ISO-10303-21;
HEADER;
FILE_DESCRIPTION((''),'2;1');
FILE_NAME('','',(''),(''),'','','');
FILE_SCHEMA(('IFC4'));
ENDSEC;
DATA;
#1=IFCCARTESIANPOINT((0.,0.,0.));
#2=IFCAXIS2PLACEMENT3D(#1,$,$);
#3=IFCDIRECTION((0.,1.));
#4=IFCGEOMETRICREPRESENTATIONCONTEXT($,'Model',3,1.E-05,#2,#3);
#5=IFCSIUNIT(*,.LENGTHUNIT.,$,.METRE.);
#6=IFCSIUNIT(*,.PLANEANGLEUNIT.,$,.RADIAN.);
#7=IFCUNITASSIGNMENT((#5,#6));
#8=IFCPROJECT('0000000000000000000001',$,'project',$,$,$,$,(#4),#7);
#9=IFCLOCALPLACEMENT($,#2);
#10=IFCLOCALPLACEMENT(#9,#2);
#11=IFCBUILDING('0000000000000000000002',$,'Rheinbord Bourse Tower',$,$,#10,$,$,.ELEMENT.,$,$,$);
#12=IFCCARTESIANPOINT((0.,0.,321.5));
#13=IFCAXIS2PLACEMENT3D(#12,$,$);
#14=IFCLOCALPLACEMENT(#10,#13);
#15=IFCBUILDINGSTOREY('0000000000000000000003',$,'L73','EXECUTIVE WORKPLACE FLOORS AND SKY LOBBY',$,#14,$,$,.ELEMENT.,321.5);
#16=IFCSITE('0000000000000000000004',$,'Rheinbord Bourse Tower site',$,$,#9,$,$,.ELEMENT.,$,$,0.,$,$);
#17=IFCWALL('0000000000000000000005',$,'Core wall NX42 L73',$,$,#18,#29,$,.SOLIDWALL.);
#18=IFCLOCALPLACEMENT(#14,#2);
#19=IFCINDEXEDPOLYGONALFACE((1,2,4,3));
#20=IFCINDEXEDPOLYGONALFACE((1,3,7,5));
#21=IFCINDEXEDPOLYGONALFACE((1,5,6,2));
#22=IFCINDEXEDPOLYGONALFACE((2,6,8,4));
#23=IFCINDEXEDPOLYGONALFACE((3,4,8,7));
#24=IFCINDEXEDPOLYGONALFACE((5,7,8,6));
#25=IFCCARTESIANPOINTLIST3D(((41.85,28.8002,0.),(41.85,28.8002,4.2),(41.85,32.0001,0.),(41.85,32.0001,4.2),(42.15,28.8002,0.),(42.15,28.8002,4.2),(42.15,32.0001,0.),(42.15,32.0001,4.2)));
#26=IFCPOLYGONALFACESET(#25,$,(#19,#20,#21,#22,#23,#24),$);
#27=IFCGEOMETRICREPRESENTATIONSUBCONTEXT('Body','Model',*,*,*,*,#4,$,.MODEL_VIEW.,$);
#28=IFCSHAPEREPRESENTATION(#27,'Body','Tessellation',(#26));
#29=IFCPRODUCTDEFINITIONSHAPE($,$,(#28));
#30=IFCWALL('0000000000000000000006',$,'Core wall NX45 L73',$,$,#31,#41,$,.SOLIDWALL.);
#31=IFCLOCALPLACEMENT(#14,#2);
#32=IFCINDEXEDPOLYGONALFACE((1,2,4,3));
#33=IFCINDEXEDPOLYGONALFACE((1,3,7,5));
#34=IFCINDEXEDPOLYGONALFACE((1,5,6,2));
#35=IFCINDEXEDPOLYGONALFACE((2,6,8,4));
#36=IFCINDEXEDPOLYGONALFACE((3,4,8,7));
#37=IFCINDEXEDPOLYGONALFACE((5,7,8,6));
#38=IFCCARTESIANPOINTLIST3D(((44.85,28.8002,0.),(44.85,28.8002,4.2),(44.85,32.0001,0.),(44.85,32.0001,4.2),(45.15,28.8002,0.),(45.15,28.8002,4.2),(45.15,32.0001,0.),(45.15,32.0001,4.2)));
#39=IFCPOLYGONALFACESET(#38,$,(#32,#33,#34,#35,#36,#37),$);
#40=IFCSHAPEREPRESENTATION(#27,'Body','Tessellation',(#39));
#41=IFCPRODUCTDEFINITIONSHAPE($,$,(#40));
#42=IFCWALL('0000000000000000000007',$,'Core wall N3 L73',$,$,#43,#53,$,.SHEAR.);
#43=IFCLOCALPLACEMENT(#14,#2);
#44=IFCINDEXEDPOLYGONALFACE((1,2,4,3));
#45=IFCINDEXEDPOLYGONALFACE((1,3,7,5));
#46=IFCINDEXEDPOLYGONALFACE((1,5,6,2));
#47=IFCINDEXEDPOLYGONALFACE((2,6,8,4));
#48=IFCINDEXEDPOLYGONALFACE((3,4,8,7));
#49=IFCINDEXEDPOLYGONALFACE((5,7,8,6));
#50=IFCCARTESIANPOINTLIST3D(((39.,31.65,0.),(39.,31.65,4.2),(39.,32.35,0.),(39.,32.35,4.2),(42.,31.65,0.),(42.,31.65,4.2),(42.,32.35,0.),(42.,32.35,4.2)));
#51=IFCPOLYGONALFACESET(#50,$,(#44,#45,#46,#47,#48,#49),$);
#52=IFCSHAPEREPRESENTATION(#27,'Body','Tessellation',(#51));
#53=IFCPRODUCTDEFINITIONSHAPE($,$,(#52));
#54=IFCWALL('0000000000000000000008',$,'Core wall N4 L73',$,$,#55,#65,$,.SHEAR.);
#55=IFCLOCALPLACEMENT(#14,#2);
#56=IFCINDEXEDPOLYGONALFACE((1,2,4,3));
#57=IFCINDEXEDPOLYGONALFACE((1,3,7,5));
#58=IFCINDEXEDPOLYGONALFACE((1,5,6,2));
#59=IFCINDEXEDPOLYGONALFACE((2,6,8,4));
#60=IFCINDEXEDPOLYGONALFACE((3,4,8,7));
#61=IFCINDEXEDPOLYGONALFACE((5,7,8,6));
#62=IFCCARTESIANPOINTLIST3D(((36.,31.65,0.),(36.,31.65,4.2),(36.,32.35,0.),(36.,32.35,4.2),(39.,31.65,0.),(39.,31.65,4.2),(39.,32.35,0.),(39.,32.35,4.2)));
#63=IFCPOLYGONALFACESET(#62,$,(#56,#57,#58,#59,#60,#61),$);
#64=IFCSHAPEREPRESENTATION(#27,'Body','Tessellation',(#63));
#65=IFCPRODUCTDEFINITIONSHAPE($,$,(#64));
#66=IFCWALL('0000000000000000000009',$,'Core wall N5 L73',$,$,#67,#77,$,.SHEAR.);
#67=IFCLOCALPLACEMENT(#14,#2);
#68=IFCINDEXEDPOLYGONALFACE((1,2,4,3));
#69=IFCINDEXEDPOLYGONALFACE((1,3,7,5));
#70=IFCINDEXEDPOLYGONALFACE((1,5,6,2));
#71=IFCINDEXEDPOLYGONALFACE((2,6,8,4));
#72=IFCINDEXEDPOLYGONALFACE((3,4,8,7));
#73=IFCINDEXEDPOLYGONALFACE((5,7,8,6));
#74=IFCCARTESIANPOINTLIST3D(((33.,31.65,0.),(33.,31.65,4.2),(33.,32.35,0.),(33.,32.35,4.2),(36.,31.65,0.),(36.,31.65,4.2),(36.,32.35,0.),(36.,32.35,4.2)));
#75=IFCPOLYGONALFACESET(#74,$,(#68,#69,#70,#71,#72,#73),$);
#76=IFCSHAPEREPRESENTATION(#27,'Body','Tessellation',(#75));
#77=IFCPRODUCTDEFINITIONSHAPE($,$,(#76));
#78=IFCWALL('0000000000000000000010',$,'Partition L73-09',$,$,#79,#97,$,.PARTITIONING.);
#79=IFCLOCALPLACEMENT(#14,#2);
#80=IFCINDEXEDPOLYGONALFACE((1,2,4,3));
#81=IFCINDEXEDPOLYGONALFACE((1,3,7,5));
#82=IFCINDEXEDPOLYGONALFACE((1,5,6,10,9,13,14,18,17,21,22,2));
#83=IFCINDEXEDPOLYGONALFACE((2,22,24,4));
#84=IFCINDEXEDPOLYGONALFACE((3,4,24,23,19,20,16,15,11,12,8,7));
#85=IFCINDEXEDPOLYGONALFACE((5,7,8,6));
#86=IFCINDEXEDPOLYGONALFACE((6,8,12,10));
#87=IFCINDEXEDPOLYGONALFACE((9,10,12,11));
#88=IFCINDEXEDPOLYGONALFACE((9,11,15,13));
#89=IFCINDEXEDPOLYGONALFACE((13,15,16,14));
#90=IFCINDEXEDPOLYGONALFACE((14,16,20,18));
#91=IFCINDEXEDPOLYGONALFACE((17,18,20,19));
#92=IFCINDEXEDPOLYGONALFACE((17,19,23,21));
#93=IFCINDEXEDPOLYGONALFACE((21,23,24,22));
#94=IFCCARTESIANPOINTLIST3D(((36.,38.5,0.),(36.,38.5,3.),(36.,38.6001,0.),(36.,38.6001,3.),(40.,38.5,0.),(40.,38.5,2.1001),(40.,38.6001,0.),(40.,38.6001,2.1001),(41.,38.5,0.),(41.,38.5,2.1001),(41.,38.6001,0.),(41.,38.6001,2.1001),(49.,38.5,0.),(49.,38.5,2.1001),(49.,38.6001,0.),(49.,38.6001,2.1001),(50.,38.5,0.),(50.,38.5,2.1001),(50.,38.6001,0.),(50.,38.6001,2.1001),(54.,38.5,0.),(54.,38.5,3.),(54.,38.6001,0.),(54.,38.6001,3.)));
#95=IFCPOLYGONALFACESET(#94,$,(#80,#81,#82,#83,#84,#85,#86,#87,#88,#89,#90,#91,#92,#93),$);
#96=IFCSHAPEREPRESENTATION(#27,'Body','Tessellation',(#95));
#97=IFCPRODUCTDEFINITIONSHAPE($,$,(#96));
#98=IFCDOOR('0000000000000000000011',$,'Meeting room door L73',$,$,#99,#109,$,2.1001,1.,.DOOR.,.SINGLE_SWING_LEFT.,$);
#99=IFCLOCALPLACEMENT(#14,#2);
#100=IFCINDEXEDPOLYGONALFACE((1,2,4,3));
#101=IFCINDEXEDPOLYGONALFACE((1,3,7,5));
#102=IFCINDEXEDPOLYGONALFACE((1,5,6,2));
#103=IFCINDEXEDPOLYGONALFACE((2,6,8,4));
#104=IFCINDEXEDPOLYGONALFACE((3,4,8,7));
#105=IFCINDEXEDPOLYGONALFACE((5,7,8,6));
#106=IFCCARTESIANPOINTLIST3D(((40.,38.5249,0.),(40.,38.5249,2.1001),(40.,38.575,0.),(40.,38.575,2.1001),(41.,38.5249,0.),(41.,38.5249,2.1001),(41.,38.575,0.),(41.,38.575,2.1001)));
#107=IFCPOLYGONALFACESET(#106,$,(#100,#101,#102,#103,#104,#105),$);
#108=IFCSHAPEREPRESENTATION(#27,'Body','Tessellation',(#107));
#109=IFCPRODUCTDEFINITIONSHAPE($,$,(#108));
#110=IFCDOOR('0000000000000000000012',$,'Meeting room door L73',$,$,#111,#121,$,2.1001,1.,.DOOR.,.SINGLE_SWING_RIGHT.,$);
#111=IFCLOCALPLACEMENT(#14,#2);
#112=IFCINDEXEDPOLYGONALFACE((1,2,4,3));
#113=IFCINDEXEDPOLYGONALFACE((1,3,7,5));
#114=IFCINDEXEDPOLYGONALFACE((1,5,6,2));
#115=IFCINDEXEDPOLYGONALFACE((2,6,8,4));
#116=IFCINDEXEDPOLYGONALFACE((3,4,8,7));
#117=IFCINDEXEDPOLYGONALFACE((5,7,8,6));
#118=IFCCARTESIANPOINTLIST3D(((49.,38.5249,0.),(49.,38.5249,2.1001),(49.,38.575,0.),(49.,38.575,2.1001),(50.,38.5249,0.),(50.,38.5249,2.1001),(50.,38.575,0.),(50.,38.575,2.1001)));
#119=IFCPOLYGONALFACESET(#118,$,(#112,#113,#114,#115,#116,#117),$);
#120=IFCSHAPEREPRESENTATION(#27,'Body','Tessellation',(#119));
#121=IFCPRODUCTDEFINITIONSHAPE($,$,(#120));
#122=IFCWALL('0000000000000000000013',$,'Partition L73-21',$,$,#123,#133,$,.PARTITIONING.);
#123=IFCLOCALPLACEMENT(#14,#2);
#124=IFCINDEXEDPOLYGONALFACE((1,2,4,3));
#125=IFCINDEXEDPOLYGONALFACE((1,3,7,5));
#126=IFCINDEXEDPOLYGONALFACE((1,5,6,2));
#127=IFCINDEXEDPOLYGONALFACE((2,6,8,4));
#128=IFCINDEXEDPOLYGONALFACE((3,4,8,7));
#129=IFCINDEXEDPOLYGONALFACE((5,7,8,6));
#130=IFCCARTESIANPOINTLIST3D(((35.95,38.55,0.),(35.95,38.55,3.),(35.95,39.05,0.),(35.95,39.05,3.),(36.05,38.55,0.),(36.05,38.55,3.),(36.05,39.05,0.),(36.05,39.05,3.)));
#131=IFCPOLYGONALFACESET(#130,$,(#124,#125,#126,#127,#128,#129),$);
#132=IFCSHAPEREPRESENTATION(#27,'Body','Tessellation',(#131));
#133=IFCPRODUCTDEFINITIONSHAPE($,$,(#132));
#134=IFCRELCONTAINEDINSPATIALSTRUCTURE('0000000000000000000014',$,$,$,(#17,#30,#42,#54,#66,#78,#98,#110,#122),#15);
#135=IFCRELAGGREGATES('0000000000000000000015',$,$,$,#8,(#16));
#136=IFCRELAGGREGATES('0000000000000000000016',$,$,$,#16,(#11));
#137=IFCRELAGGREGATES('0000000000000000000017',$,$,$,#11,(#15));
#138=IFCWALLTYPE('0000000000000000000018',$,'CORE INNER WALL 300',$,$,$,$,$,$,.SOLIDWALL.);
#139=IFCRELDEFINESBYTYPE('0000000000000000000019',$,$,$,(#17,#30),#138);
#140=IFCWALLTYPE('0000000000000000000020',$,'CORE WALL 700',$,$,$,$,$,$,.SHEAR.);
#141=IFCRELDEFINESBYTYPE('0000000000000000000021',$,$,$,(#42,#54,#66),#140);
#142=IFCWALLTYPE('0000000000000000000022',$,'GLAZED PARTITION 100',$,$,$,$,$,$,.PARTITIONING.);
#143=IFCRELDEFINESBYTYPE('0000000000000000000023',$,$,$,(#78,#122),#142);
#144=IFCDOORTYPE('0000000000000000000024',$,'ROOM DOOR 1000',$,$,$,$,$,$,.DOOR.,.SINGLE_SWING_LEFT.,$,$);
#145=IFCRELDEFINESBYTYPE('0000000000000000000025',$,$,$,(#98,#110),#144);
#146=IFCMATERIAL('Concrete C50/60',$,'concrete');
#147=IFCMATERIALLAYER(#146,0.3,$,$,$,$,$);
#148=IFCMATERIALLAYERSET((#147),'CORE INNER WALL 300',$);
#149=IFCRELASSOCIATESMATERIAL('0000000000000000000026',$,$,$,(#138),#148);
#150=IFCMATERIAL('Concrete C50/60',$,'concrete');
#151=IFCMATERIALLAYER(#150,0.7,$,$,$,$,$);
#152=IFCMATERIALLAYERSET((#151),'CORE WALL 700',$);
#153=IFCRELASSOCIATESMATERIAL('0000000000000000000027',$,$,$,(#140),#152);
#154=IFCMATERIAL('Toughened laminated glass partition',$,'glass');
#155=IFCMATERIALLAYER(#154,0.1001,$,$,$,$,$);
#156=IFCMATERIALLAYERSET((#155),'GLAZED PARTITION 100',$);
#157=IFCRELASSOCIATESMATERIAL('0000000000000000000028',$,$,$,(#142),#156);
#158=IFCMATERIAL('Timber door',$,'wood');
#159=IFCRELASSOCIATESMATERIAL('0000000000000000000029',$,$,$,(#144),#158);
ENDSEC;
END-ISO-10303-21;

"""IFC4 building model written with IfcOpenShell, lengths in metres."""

from ifc_helpers import new_model, si_unit, direction, frame, frame_2d, origin, place, context, subcontext, project, spatial, rectangle, extrude, material, layer, layer_set, type_object, element, fill, save


model = new_model("IFC4")

# Units and contexts
model_context = context("Model", 3, precision=1e-05, world=origin(), true_north=direction((0.0, 1.0)))
body_context = subcontext(model_context, "Body", "Model", "MODEL_VIEW")
ifc_project = project(units=[si_unit("LENGTHUNIT", "METRE"), si_unit("PLANEANGLEUNIT", "RADIAN")], contexts=[model_context])

# Site, building, storey
site_placement = place(None, origin())
site = spatial("IfcSite", under=ifc_project, at=site_placement, Name="Rheinbord Bourse Tower site", CompositionType="ELEMENT", RefElevation=0.0)
building_placement = place(site_placement, origin())
building = spatial("IfcBuilding", under=site, at=building_placement, Name="Rheinbord Bourse Tower", CompositionType="ELEMENT")
storey_placement = place(building_placement, frame((0.0, 0.0, 321.5)))
storey = spatial("IfcBuildingStorey", under=building, at=storey_placement, Name="L73", Description="EXECUTIVE WORKPLACE FLOORS AND SKY LOBBY", CompositionType="ELEMENT", Elevation=321.5)

# Shared definitions
ifc_material_1 = material(Name="Concrete C50/60", Category="concrete")
ifc_layer_1 = layer(ifc_material_1, 0.3)
ifc_layer_set_1 = layer_set([ifc_layer_1], Name="CORE INNER WALL 300")
wall_type_1 = type_object("IfcWallType", Name="CORE INNER WALL 300", PredefinedType="SOLIDWALL", material=ifc_layer_set_1)

# Walls
for number, where, z_axis, x_axis, name in (
    (1, (42.0, 28.8, 0.0), (0.0, 0.0, 1.0), (0.0, 1.0, 0.0), "Core wall NX42 L73"),
    (2, (45.0, 28.8, 0.0), (0.0, 0.0, 1.0), (0.0, 1.0, 0.0), "Core wall NX45 L73"),
):
    element("IfcWall", number, at=place(storey_placement, frame(where, z_axis=z_axis, x_axis=x_axis)), inside=storey, type_object=wall_type_1, Name=name, PredefinedType="SOLIDWALL", context=body_context, shape_type="SweptSolid", body=[
        extrude(rectangle(XDim=3.2, YDim=0.3, at=frame_2d((1.6001, 0.0))), origin(), (0.0, 0.0, 1.0), 4.2),
    ])
ifc_material_2 = material(Name="Concrete C50/60", Category="concrete")
ifc_layer_2 = layer(ifc_material_2, 0.7)
ifc_layer_set_2 = layer_set([ifc_layer_2], Name="CORE WALL 700")
wall_type_2 = type_object("IfcWallType", Name="CORE WALL 700", PredefinedType="SHEAR", material=ifc_layer_set_2)
for number, where, z_axis, x_axis, name in (
    (3, (42.0, 32.0, 0.0), (0.0, 0.0, 1.0), (-1.0, 0.0, 0.0), "Core wall N3 L73"),
    (4, (39.0, 32.0, 0.0), (0.0, 0.0, 1.0), (-1.0, 0.0, 0.0), "Core wall N4 L73"),
    (5, (36.0, 32.0, 0.0), (0.0, 0.0, 1.0), (-1.0, 0.0, 0.0), "Core wall N5 L73"),
):
    element("IfcWall", number, at=place(storey_placement, frame(where, z_axis=z_axis, x_axis=x_axis)), inside=storey, type_object=wall_type_2, Name=name, PredefinedType="SHEAR", context=body_context, shape_type="SweptSolid", body=[
        extrude(rectangle(XDim=3.0, YDim=0.7, at=frame_2d((1.5, 0.0))), origin(), (0.0, 0.0, 1.0), 4.2),
    ])

# Wall, openings, doors
ifc_material_3 = material(Name="Toughened laminated glass partition", Category="glass")
ifc_layer_3 = layer(ifc_material_3, 0.1001)
ifc_layer_set_3 = layer_set([ifc_layer_3], Name="GLAZED PARTITION 100")
wall_type_3 = type_object("IfcWallType", Name="GLAZED PARTITION 100", PredefinedType="PARTITIONING", material=ifc_layer_set_3)
wall_1_placement = place(storey_placement, frame((36.0, 38.55, 0.0), z_axis=(0.0, 0.0, 1.0), x_axis=(1.0, 0.0, 0.0)))
wall_1 = element("IfcWall", 6, at=wall_1_placement, inside=storey, type_object=wall_type_3, Name="Partition L73-09", PredefinedType="PARTITIONING", context=body_context, shape_type="SweptSolid", body=[
    extrude(rectangle(XDim=18.0, YDim=0.1001, at=frame_2d((9.0, 0.0))), origin(), (0.0, 0.0, 1.0), 3.0),
])
opening_1_placement = place(wall_1_placement, frame((4.0, 0.0, 0.0)))
opening_1 = element("IfcOpeningElement", 7, at=opening_1_placement, cuts=wall_1, PredefinedType="OPENING", context=body_context, shape_type="SweptSolid", body=[
    extrude(rectangle(XDim=1.0, YDim=2.1001, at=frame_2d((0.5, 1.05))), frame((0.0, 0.0601, 0.0), z_axis=(0.0, -1.0, 0.0), x_axis=(1.0, 0.0, 0.0)), (0.0, 0.0, 1.0), 0.1201),
])
opening_2_placement = place(wall_1_placement, frame((13.0, 0.0, 0.0)))
opening_2 = element("IfcOpeningElement", 8, at=opening_2_placement, cuts=wall_1, PredefinedType="OPENING", context=body_context, shape_type="SweptSolid", body=[
    extrude(rectangle(XDim=1.0, YDim=2.1001, at=frame_2d((0.5, 1.05))), frame((0.0, 0.0601, 0.0), z_axis=(0.0, -1.0, 0.0), x_axis=(1.0, 0.0, 0.0)), (0.0, 0.0, 1.0), 0.1201),
])
ifc_material_4 = material(Name="Timber door", Category="wood")
door_type_1 = type_object("IfcDoorType", Name="ROOM DOOR 1000", OperationType="SINGLE_SWING_LEFT", PredefinedType="DOOR", material=ifc_material_4)
door_1_placement = place(opening_1_placement, origin())
door_1 = element("IfcDoor", 9, at=door_1_placement, inside=storey, type_object=door_type_1, Name="Meeting room door L73", OperationType="SINGLE_SWING_LEFT", OverallHeight=2.1001, OverallWidth=1.0, PredefinedType="DOOR", context=body_context, shape_type="SweptSolid", body=[
    extrude(rectangle(XDim=1.0, YDim=2.1001, at=frame_2d((0.5, 1.05))), frame((0.0, 0.0249, 0.0), z_axis=(0.0, -1.0, 0.0), x_axis=(1.0, 0.0, 0.0)), (0.0, 0.0, 1.0), 0.05),
])
fill(opening_1, door_1)
door_2_placement = place(opening_2_placement, origin())
door_2 = element("IfcDoor", 10, at=door_2_placement, inside=storey, type_object=door_type_1, Name="Meeting room door L73", OperationType="SINGLE_SWING_RIGHT", OverallHeight=2.1001, OverallWidth=1.0, PredefinedType="DOOR", context=body_context, shape_type="SweptSolid", body=[
    extrude(rectangle(XDim=1.0, YDim=2.1001, at=frame_2d((0.5, 1.05))), frame((0.0, 0.0249, 0.0), z_axis=(0.0, -1.0, 0.0), x_axis=(1.0, 0.0, 0.0)), (0.0, 0.0, 1.0), 0.05),
])
fill(opening_2, door_2)

# Wall
wall_2_placement = place(storey_placement, frame((36.0, 38.55, 0.0), z_axis=(0.0, 0.0, 1.0), x_axis=(0.0, 1.0, 0.0)))
element("IfcWall", 11, at=wall_2_placement, inside=storey, type_object=wall_type_3, Name="Partition L73-21", PredefinedType="PARTITIONING", context=body_context, shape_type="SweptSolid", body=[
    extrude(rectangle(XDim=0.5, YDim=0.1001, at=frame_2d((0.25, 0.0))), origin(), (0.0, 0.0, 1.0), 3.0),
])

save(model, "model.ifc")
